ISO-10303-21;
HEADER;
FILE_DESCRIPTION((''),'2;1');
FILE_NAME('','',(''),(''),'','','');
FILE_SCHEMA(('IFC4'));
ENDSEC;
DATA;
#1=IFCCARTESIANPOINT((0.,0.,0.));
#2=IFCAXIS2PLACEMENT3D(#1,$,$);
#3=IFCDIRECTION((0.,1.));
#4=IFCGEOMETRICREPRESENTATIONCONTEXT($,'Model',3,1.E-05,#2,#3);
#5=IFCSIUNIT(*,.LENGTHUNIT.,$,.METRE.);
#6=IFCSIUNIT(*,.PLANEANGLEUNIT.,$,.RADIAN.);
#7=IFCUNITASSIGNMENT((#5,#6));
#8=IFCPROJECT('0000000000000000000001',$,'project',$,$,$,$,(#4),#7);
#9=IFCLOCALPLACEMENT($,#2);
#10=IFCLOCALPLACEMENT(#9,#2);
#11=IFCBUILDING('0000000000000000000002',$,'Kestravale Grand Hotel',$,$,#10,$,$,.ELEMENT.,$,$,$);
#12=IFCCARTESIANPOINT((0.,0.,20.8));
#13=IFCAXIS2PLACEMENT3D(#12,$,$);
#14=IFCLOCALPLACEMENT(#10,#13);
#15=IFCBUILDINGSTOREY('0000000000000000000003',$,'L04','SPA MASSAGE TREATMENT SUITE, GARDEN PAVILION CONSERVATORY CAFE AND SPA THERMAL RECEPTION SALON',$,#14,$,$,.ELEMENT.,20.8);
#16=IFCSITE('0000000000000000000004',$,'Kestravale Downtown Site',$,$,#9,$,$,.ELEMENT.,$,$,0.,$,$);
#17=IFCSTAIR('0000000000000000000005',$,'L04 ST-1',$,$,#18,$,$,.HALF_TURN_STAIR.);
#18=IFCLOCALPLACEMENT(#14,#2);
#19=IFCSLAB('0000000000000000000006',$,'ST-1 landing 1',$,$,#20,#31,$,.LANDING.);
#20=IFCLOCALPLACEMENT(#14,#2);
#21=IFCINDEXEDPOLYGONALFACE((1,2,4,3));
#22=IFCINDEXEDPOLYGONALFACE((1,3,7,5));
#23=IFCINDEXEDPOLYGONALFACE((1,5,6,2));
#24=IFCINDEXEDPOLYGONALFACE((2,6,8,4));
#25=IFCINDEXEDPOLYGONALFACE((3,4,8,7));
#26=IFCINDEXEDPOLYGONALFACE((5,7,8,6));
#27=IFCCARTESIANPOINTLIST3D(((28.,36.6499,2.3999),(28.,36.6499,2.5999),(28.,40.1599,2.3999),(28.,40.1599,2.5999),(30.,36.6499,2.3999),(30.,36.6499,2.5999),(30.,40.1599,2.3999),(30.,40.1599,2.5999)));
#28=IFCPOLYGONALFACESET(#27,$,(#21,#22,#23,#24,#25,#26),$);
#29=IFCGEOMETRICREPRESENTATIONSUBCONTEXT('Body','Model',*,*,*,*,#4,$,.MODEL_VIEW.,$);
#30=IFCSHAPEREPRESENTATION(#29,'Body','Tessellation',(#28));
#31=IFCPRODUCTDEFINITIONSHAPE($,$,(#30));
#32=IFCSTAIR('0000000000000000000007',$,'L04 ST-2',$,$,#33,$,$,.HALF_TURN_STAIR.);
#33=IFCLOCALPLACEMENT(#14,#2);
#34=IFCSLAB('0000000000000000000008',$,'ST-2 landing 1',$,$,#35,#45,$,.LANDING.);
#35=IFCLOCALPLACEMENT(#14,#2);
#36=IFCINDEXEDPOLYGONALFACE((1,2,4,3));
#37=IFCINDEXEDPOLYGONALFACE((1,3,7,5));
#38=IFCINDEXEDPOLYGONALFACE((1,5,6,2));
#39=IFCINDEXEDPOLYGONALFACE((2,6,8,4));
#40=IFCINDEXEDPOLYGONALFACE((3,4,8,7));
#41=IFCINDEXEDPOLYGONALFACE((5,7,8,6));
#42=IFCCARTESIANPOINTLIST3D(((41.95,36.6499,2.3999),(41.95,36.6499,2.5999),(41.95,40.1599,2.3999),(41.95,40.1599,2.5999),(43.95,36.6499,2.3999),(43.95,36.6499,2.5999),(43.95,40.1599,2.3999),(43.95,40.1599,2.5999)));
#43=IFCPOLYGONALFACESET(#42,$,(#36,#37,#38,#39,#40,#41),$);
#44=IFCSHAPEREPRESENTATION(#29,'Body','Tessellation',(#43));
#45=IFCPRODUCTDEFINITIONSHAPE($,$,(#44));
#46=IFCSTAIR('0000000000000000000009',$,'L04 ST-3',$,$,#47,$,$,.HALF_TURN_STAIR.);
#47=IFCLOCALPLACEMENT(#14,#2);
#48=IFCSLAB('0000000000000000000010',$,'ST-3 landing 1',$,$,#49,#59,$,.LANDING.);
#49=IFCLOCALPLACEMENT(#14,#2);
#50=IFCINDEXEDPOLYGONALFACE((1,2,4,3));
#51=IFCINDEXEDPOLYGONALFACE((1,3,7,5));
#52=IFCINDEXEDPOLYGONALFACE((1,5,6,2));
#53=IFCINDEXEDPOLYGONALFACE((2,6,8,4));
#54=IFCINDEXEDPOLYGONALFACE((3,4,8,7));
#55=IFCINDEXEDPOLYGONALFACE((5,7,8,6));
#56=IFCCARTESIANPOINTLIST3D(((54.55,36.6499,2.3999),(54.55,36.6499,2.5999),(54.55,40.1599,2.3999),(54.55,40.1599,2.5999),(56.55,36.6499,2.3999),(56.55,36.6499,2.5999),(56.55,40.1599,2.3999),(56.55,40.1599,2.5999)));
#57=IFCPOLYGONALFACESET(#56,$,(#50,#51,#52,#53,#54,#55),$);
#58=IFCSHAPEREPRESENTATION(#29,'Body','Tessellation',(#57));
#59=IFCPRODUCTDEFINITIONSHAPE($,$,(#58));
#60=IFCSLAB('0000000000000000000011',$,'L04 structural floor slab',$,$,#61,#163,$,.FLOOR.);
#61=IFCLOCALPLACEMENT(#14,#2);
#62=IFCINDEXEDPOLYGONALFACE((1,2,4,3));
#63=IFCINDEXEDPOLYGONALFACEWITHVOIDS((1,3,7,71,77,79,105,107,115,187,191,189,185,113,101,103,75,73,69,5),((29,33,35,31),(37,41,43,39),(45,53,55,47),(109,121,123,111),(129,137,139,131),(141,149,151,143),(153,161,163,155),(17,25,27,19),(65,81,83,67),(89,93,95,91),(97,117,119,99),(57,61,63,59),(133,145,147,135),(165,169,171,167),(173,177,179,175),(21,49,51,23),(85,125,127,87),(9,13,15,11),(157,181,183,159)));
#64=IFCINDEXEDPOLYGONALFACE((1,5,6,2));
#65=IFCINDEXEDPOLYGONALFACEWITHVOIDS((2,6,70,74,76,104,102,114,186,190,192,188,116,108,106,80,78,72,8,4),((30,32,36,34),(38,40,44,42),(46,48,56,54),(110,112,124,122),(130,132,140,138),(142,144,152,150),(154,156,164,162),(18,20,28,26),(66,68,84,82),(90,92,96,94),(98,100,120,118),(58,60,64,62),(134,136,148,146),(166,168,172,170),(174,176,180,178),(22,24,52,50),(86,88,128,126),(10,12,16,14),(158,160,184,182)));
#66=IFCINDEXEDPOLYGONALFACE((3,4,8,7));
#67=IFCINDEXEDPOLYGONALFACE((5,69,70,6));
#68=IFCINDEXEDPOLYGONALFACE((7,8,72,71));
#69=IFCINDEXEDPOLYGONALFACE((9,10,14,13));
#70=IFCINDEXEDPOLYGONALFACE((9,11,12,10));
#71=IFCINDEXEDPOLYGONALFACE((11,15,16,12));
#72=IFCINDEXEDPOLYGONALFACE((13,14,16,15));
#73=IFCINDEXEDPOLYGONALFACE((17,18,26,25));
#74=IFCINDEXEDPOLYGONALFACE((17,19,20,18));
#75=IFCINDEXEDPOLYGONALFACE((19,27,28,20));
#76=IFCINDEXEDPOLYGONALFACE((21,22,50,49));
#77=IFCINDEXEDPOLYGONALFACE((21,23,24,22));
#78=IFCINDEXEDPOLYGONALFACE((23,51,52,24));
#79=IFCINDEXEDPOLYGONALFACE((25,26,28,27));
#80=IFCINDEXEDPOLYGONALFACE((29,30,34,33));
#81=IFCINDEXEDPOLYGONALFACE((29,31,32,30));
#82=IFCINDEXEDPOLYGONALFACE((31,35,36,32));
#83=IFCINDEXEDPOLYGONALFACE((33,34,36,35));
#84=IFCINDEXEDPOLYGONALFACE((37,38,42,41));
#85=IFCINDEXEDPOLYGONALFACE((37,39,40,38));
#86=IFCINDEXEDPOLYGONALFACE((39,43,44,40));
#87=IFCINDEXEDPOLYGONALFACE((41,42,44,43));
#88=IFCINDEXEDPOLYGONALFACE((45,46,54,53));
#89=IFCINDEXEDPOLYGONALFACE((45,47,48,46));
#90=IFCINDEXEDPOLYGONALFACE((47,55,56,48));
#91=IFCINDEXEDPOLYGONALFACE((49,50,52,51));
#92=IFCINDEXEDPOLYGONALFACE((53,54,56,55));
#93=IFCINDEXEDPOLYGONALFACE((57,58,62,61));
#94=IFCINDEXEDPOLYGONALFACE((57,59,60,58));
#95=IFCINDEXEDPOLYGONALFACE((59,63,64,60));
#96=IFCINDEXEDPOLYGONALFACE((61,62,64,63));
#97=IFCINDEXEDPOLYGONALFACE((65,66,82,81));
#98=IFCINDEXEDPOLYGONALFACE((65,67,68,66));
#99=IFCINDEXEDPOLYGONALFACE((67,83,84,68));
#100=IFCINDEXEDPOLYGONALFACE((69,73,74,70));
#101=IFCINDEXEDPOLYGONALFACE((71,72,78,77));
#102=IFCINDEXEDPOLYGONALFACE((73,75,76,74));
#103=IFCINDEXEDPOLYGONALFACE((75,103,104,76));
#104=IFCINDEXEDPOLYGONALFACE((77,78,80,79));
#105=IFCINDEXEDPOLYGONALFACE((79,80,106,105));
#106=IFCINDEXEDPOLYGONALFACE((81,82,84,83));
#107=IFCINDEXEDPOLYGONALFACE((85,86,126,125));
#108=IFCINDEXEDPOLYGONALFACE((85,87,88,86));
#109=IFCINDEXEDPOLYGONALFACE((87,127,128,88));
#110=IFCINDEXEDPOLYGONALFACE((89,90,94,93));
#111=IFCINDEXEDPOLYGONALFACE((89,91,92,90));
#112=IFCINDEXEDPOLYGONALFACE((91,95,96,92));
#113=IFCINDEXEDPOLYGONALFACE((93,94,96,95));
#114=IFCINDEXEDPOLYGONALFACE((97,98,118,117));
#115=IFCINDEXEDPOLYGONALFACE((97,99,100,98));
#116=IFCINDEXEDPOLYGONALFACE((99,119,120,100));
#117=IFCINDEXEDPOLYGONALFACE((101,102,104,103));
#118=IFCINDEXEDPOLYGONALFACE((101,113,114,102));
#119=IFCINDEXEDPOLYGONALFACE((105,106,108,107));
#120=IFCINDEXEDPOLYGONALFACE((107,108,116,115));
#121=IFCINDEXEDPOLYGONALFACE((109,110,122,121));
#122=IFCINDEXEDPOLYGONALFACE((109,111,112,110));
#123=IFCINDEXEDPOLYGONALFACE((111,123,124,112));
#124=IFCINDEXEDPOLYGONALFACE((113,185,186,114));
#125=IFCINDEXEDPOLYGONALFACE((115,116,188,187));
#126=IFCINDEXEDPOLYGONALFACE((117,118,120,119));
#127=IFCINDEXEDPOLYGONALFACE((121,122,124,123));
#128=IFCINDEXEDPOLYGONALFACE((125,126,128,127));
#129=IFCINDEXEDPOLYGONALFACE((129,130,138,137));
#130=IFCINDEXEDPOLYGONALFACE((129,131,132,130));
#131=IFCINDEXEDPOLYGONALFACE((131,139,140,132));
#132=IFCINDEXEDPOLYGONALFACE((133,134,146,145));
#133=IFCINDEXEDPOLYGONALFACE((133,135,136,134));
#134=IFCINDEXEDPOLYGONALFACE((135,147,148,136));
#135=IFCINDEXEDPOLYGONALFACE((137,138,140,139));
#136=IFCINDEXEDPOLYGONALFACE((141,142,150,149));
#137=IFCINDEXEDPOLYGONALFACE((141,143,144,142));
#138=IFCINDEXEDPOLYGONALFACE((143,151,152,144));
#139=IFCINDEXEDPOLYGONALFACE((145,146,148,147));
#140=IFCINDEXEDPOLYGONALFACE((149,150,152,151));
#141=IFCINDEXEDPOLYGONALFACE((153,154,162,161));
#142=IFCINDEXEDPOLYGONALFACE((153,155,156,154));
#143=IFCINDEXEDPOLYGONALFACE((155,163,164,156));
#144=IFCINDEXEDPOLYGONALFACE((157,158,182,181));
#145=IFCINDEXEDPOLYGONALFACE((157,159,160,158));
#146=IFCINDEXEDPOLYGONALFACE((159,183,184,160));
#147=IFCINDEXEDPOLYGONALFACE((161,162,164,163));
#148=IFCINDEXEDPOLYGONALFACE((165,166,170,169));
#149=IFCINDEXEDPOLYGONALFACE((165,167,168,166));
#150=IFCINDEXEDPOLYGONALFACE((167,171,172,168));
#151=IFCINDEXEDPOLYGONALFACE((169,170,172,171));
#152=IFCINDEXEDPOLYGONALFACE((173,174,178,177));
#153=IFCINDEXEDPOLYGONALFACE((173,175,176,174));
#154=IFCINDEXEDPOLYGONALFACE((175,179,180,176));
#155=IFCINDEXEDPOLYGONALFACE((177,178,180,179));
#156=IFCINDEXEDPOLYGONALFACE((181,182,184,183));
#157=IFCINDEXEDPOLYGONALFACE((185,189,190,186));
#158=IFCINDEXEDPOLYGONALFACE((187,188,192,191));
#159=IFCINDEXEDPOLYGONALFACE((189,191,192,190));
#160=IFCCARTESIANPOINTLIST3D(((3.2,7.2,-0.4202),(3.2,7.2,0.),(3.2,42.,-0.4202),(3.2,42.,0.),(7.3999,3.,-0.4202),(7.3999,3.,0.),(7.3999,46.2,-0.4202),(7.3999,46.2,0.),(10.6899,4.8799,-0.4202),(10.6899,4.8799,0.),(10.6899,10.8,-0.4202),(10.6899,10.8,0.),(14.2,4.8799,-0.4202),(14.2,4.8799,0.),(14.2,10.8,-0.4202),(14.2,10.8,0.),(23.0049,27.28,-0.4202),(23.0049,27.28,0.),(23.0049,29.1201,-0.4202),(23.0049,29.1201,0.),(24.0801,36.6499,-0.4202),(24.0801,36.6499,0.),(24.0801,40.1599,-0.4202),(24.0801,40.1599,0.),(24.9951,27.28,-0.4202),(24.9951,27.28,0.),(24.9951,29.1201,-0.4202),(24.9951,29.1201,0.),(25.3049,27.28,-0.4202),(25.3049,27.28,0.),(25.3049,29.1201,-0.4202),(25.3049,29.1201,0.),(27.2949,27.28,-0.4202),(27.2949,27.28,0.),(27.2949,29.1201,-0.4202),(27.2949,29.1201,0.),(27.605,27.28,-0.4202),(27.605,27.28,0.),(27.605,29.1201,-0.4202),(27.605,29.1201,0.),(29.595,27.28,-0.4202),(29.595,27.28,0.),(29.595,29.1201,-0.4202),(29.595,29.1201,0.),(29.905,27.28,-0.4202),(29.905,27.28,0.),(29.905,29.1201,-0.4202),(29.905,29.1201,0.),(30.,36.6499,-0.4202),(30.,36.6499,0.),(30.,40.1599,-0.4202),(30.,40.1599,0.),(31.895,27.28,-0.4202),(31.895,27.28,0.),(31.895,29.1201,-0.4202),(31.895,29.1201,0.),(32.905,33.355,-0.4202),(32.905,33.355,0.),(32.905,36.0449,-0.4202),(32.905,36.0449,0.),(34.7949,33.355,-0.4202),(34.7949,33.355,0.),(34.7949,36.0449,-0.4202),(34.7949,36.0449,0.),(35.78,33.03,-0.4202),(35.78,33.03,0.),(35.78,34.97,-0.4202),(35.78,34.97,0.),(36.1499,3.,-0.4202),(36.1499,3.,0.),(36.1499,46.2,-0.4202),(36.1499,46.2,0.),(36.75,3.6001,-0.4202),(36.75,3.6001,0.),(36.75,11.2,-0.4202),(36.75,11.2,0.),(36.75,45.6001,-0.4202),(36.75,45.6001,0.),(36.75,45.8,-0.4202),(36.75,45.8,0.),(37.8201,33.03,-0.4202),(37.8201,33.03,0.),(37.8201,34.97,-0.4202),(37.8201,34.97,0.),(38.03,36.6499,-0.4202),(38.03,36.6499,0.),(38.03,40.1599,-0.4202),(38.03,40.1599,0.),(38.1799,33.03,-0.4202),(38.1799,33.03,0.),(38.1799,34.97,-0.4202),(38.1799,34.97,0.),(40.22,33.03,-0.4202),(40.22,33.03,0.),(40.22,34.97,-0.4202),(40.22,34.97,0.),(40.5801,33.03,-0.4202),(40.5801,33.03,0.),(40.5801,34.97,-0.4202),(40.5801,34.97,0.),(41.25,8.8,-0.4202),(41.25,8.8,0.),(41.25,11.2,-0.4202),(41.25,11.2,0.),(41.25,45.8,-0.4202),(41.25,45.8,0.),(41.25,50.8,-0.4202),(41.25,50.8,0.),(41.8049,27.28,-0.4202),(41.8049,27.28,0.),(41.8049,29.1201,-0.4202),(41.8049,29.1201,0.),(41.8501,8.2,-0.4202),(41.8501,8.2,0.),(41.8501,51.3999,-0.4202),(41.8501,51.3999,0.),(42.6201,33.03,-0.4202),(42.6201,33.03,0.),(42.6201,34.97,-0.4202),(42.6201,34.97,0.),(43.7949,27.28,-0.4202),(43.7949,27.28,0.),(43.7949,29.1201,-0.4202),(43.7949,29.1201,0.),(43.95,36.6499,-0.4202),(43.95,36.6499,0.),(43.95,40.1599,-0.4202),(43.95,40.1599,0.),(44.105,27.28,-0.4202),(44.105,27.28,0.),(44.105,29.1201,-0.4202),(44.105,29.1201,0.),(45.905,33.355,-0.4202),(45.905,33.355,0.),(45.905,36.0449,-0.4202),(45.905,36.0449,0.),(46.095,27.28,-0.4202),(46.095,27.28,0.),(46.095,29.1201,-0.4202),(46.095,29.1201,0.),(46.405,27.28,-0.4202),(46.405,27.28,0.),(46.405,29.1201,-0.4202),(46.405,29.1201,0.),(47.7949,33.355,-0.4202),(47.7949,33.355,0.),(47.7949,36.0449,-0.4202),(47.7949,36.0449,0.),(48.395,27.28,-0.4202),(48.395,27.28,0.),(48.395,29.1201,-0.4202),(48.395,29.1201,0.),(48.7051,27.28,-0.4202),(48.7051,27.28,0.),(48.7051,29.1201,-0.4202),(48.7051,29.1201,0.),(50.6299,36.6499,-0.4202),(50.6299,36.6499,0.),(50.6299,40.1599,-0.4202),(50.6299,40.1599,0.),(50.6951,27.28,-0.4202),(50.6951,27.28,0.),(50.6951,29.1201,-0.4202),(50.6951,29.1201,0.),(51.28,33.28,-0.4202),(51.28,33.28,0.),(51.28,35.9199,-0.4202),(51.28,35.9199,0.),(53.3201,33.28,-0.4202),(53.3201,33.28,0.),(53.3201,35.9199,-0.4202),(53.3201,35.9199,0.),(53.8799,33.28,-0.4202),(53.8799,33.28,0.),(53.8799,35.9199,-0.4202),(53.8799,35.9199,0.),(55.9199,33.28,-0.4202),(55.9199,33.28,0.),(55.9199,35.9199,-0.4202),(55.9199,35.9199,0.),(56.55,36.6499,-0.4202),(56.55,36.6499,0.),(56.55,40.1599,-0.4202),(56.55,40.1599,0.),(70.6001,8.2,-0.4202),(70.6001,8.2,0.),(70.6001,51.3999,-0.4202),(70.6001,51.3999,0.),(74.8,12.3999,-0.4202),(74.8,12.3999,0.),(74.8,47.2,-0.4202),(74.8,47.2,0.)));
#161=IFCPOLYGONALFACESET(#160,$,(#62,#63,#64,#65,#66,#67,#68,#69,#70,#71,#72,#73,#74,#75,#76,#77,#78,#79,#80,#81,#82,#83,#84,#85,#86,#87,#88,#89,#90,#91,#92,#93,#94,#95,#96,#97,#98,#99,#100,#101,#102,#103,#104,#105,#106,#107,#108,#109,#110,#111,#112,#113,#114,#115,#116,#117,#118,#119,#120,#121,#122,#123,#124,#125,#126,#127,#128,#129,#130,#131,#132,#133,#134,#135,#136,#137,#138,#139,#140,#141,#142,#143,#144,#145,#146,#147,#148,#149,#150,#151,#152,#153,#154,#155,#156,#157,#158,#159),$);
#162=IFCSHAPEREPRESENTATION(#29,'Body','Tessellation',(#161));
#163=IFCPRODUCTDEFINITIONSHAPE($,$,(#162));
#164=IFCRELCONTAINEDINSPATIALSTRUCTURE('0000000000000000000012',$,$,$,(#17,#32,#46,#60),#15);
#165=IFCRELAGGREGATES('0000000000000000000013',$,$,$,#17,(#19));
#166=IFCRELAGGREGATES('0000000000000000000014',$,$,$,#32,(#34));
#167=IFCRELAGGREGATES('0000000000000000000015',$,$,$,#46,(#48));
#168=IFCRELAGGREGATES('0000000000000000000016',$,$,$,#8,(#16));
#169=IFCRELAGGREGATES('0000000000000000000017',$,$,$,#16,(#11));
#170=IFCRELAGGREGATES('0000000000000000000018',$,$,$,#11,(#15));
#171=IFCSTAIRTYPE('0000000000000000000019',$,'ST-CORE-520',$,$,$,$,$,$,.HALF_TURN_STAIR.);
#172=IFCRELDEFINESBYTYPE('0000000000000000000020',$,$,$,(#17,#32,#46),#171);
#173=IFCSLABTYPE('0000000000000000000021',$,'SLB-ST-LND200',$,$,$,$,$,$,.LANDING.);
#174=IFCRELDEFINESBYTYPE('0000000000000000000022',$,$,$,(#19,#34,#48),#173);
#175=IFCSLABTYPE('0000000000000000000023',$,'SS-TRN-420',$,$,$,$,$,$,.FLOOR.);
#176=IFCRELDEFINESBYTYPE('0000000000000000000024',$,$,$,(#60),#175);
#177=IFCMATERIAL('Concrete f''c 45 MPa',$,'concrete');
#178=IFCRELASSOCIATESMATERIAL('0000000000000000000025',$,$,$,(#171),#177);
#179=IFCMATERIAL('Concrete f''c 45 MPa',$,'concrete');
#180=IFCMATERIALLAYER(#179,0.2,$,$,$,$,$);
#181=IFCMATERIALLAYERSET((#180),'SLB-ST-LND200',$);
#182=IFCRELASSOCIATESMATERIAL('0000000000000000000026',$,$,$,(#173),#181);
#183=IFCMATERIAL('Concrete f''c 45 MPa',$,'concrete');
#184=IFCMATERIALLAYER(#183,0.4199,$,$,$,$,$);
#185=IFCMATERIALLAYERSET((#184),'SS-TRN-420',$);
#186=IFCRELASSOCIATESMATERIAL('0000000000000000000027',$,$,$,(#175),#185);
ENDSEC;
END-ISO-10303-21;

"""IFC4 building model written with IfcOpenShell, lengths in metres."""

from ifc_helpers import new_model, si_unit, direction, frame, origin, place, context, subcontext, project, spatial, polyline, outline, extrude, material, layer, layer_set, type_object, element, aggregate, save


model = new_model("IFC4")

# Units and contexts
model_context = context("Model", 3, precision=1e-05, world=origin(), true_north=direction((0.0, 1.0)))
body_context = subcontext(model_context, "Body", "Model", "MODEL_VIEW")
ifc_project = project(units=[si_unit("LENGTHUNIT", "METRE"), si_unit("PLANEANGLEUNIT", "RADIAN")], contexts=[model_context])

# Site, building, storey
site_placement = place(None, origin())
site = spatial("IfcSite", under=ifc_project, at=site_placement, Name="Kestravale Downtown Site", CompositionType="ELEMENT", RefElevation=0.0)
building_placement = place(site_placement, origin())
building = spatial("IfcBuilding", under=site, at=building_placement, Name="Kestravale Grand Hotel", CompositionType="ELEMENT")
storey_placement = place(building_placement, frame((0.0, 0.0, 20.8)))
storey = spatial("IfcBuildingStorey", under=building, at=storey_placement, Name="L04", Description="SPA MASSAGE TREATMENT SUITE, GARDEN PAVILION CONSERVATORY CAFE AND SPA THERMAL RECEPTION SALON", CompositionType="ELEMENT", Elevation=20.8)

# Stairs, slabs
ifc_material_1 = material(Name="Concrete f'c 45 MPa", Category="concrete")
stair_type = type_object("IfcStairType", Name="ST-CORE-520", PredefinedType="HALF_TURN_STAIR", material=ifc_material_1)
stair_1_placement = place(storey_placement, origin())
stair_1 = element("IfcStair", 1, at=stair_1_placement, inside=storey, type_object=stair_type, Name="L04 ST-1", PredefinedType="HALF_TURN_STAIR")
ifc_material_2 = material(Name="Concrete f'c 45 MPa", Category="concrete")
ifc_layer_1 = layer(ifc_material_2, 0.2)
ifc_layer_set_1 = layer_set([ifc_layer_1], Name="SLB-ST-LND200")
slab_type_1 = type_object("IfcSlabType", Name="SLB-ST-LND200", PredefinedType="LANDING", material=ifc_layer_set_1)
slab_1_placement = place(storey_placement, frame((0.0, 0.0, 2.3999)))
slab_1 = element("IfcSlab", 2, at=slab_1_placement, type_object=slab_type_1, Name="ST-1 landing 1", PredefinedType="LANDING", context=body_context, shape_type="SweptSolid", body=[
    extrude(outline(polyline([(28.0, 36.6499), (30.0, 36.6499), (30.0, 40.1599), (28.0, 40.1599), (28.0, 36.6499)])), origin(), (0.0, 0.0, 1.0), 0.2),
])
aggregate(stair_1, [slab_1])
stair_2_placement = place(storey_placement, origin())
stair_2 = element("IfcStair", 3, at=stair_2_placement, inside=storey, type_object=stair_type, Name="L04 ST-2", PredefinedType="HALF_TURN_STAIR")
slab_2_placement = place(storey_placement, frame((0.0, 0.0, 2.3999)))
slab_2 = element("IfcSlab", 4, at=slab_2_placement, type_object=slab_type_1, Name="ST-2 landing 1", PredefinedType="LANDING", context=body_context, shape_type="SweptSolid", body=[
    extrude(outline(polyline([(41.95, 36.6499), (43.95, 36.6499), (43.95, 40.1599), (41.95, 40.1599), (41.95, 36.6499)])), origin(), (0.0, 0.0, 1.0), 0.2),
])
aggregate(stair_2, [slab_2])
stair_3_placement = place(storey_placement, origin())
stair_3 = element("IfcStair", 5, at=stair_3_placement, inside=storey, type_object=stair_type, Name="L04 ST-3", PredefinedType="HALF_TURN_STAIR")
slab_3_placement = place(storey_placement, frame((0.0, 0.0, 2.3999)))
slab_3 = element("IfcSlab", 6, at=slab_3_placement, type_object=slab_type_1, Name="ST-3 landing 1", PredefinedType="LANDING", context=body_context, shape_type="SweptSolid", body=[
    extrude(outline(polyline([(54.55, 36.6499), (56.55, 36.6499), (56.55, 40.1599), (54.55, 40.1599), (54.55, 36.6499)])), origin(), (0.0, 0.0, 1.0), 0.2),
])
aggregate(stair_3, [slab_3])

# Slab
ifc_material_3 = material(Name="Concrete f'c 45 MPa", Category="concrete")
ifc_layer_2 = layer(ifc_material_3, 0.4199)
ifc_layer_set_2 = layer_set([ifc_layer_2], Name="SS-TRN-420")
slab_type_2 = type_object("IfcSlabType", Name="SS-TRN-420", PredefinedType="FLOOR", material=ifc_layer_set_2)
slab_4_placement = place(storey_placement, frame((0.0, 0.0, -0.4202)))
element("IfcSlab", 7, at=slab_4_placement, inside=storey, type_object=slab_type_2, Name="L04 structural floor slab", PredefinedType="FLOOR", context=body_context, shape_type="SweptSolid", body=[
    extrude(outline(polyline([(7.3999, 3.0), (36.1499, 3.0), (36.75, 3.6001), (36.75, 11.2), (41.25, 11.2), (41.25, 8.8), (41.8501, 8.2), (70.6001, 8.2), (74.8, 12.3999), (74.8, 47.2), (70.6001, 51.3999), (41.8501, 51.3999), (41.25, 50.8), (41.25, 45.8), (36.75, 45.8), (36.75, 45.6001), (36.1499, 46.2), (7.3999, 46.2), (3.2, 42.0), (3.2, 7.2), (7.3999, 3.0)]), holes=[polyline([(24.0801, 36.6499), (30.0, 36.6499), (30.0, 40.1599), (24.0801, 40.1599), (24.0801, 36.6499)]), polyline([(38.03, 36.6499), (43.95, 36.6499), (43.95, 40.1599), (38.03, 40.1599), (38.03, 36.6499)]), polyline([(50.6299, 36.6499), (56.55, 36.6499), (56.55, 40.1599), (50.6299, 40.1599), (50.6299, 36.6499)]), polyline([(14.2, 4.8799), (14.2, 10.8), (10.6899, 10.8), (10.6899, 4.8799), (14.2, 4.8799)]), polyline([(23.0049, 27.28), (24.9951, 27.28), (24.9951, 29.1201), (23.0049, 29.1201), (23.0049, 27.28)]), polyline([(25.3049, 27.28), (27.2949, 27.28), (27.2949, 29.1201), (25.3049, 29.1201), (25.3049, 27.28)]), polyline([(27.605, 27.28), (29.595, 27.28), (29.595, 29.1201), (27.605, 29.1201), (27.605, 27.28)]), polyline([(29.905, 27.28), (31.895, 27.28), (31.895, 29.1201), (29.905, 29.1201), (29.905, 27.28)]), polyline([(41.8049, 27.28), (43.7949, 27.28), (43.7949, 29.1201), (41.8049, 29.1201), (41.8049, 27.28)]), polyline([(44.105, 27.28), (46.095, 27.28), (46.095, 29.1201), (44.105, 29.1201), (44.105, 27.28)]), polyline([(46.405, 27.28), (48.395, 27.28), (48.395, 29.1201), (46.405, 29.1201), (46.405, 27.28)]), polyline([(48.7051, 27.28), (50.6951, 27.28), (50.6951, 29.1201), (48.7051, 29.1201), (48.7051, 27.28)]), polyline([(35.78, 33.03), (37.8201, 33.03), (37.8201, 34.97), (35.78, 34.97), (35.78, 33.03)]), polyline([(38.1799, 33.03), (40.22, 33.03), (40.22, 34.97), (38.1799, 34.97), (38.1799, 33.03)]), polyline([(40.5801, 33.03), (42.6201, 33.03), (42.6201, 34.97), (40.5801, 34.97), (40.5801, 33.03)]), polyline([(32.905, 33.355), (34.7949, 33.355), (34.7949, 36.0449), (32.905, 36.0449), (32.905, 33.355)]), polyline([(45.905, 33.355), (47.7949, 33.355), (47.7949, 36.0449), (45.905, 36.0449), (45.905, 33.355)]), polyline([(51.28, 33.28), (53.3201, 33.28), (53.3201, 35.9199), (51.28, 35.9199), (51.28, 33.28)]), polyline([(53.8799, 33.28), (55.9199, 33.28), (55.9199, 35.9199), (53.8799, 35.9199), (53.8799, 33.28)])]), origin(), (0.0, 0.0, 1.0), 0.4202),
])

save(model, "model.ifc")
